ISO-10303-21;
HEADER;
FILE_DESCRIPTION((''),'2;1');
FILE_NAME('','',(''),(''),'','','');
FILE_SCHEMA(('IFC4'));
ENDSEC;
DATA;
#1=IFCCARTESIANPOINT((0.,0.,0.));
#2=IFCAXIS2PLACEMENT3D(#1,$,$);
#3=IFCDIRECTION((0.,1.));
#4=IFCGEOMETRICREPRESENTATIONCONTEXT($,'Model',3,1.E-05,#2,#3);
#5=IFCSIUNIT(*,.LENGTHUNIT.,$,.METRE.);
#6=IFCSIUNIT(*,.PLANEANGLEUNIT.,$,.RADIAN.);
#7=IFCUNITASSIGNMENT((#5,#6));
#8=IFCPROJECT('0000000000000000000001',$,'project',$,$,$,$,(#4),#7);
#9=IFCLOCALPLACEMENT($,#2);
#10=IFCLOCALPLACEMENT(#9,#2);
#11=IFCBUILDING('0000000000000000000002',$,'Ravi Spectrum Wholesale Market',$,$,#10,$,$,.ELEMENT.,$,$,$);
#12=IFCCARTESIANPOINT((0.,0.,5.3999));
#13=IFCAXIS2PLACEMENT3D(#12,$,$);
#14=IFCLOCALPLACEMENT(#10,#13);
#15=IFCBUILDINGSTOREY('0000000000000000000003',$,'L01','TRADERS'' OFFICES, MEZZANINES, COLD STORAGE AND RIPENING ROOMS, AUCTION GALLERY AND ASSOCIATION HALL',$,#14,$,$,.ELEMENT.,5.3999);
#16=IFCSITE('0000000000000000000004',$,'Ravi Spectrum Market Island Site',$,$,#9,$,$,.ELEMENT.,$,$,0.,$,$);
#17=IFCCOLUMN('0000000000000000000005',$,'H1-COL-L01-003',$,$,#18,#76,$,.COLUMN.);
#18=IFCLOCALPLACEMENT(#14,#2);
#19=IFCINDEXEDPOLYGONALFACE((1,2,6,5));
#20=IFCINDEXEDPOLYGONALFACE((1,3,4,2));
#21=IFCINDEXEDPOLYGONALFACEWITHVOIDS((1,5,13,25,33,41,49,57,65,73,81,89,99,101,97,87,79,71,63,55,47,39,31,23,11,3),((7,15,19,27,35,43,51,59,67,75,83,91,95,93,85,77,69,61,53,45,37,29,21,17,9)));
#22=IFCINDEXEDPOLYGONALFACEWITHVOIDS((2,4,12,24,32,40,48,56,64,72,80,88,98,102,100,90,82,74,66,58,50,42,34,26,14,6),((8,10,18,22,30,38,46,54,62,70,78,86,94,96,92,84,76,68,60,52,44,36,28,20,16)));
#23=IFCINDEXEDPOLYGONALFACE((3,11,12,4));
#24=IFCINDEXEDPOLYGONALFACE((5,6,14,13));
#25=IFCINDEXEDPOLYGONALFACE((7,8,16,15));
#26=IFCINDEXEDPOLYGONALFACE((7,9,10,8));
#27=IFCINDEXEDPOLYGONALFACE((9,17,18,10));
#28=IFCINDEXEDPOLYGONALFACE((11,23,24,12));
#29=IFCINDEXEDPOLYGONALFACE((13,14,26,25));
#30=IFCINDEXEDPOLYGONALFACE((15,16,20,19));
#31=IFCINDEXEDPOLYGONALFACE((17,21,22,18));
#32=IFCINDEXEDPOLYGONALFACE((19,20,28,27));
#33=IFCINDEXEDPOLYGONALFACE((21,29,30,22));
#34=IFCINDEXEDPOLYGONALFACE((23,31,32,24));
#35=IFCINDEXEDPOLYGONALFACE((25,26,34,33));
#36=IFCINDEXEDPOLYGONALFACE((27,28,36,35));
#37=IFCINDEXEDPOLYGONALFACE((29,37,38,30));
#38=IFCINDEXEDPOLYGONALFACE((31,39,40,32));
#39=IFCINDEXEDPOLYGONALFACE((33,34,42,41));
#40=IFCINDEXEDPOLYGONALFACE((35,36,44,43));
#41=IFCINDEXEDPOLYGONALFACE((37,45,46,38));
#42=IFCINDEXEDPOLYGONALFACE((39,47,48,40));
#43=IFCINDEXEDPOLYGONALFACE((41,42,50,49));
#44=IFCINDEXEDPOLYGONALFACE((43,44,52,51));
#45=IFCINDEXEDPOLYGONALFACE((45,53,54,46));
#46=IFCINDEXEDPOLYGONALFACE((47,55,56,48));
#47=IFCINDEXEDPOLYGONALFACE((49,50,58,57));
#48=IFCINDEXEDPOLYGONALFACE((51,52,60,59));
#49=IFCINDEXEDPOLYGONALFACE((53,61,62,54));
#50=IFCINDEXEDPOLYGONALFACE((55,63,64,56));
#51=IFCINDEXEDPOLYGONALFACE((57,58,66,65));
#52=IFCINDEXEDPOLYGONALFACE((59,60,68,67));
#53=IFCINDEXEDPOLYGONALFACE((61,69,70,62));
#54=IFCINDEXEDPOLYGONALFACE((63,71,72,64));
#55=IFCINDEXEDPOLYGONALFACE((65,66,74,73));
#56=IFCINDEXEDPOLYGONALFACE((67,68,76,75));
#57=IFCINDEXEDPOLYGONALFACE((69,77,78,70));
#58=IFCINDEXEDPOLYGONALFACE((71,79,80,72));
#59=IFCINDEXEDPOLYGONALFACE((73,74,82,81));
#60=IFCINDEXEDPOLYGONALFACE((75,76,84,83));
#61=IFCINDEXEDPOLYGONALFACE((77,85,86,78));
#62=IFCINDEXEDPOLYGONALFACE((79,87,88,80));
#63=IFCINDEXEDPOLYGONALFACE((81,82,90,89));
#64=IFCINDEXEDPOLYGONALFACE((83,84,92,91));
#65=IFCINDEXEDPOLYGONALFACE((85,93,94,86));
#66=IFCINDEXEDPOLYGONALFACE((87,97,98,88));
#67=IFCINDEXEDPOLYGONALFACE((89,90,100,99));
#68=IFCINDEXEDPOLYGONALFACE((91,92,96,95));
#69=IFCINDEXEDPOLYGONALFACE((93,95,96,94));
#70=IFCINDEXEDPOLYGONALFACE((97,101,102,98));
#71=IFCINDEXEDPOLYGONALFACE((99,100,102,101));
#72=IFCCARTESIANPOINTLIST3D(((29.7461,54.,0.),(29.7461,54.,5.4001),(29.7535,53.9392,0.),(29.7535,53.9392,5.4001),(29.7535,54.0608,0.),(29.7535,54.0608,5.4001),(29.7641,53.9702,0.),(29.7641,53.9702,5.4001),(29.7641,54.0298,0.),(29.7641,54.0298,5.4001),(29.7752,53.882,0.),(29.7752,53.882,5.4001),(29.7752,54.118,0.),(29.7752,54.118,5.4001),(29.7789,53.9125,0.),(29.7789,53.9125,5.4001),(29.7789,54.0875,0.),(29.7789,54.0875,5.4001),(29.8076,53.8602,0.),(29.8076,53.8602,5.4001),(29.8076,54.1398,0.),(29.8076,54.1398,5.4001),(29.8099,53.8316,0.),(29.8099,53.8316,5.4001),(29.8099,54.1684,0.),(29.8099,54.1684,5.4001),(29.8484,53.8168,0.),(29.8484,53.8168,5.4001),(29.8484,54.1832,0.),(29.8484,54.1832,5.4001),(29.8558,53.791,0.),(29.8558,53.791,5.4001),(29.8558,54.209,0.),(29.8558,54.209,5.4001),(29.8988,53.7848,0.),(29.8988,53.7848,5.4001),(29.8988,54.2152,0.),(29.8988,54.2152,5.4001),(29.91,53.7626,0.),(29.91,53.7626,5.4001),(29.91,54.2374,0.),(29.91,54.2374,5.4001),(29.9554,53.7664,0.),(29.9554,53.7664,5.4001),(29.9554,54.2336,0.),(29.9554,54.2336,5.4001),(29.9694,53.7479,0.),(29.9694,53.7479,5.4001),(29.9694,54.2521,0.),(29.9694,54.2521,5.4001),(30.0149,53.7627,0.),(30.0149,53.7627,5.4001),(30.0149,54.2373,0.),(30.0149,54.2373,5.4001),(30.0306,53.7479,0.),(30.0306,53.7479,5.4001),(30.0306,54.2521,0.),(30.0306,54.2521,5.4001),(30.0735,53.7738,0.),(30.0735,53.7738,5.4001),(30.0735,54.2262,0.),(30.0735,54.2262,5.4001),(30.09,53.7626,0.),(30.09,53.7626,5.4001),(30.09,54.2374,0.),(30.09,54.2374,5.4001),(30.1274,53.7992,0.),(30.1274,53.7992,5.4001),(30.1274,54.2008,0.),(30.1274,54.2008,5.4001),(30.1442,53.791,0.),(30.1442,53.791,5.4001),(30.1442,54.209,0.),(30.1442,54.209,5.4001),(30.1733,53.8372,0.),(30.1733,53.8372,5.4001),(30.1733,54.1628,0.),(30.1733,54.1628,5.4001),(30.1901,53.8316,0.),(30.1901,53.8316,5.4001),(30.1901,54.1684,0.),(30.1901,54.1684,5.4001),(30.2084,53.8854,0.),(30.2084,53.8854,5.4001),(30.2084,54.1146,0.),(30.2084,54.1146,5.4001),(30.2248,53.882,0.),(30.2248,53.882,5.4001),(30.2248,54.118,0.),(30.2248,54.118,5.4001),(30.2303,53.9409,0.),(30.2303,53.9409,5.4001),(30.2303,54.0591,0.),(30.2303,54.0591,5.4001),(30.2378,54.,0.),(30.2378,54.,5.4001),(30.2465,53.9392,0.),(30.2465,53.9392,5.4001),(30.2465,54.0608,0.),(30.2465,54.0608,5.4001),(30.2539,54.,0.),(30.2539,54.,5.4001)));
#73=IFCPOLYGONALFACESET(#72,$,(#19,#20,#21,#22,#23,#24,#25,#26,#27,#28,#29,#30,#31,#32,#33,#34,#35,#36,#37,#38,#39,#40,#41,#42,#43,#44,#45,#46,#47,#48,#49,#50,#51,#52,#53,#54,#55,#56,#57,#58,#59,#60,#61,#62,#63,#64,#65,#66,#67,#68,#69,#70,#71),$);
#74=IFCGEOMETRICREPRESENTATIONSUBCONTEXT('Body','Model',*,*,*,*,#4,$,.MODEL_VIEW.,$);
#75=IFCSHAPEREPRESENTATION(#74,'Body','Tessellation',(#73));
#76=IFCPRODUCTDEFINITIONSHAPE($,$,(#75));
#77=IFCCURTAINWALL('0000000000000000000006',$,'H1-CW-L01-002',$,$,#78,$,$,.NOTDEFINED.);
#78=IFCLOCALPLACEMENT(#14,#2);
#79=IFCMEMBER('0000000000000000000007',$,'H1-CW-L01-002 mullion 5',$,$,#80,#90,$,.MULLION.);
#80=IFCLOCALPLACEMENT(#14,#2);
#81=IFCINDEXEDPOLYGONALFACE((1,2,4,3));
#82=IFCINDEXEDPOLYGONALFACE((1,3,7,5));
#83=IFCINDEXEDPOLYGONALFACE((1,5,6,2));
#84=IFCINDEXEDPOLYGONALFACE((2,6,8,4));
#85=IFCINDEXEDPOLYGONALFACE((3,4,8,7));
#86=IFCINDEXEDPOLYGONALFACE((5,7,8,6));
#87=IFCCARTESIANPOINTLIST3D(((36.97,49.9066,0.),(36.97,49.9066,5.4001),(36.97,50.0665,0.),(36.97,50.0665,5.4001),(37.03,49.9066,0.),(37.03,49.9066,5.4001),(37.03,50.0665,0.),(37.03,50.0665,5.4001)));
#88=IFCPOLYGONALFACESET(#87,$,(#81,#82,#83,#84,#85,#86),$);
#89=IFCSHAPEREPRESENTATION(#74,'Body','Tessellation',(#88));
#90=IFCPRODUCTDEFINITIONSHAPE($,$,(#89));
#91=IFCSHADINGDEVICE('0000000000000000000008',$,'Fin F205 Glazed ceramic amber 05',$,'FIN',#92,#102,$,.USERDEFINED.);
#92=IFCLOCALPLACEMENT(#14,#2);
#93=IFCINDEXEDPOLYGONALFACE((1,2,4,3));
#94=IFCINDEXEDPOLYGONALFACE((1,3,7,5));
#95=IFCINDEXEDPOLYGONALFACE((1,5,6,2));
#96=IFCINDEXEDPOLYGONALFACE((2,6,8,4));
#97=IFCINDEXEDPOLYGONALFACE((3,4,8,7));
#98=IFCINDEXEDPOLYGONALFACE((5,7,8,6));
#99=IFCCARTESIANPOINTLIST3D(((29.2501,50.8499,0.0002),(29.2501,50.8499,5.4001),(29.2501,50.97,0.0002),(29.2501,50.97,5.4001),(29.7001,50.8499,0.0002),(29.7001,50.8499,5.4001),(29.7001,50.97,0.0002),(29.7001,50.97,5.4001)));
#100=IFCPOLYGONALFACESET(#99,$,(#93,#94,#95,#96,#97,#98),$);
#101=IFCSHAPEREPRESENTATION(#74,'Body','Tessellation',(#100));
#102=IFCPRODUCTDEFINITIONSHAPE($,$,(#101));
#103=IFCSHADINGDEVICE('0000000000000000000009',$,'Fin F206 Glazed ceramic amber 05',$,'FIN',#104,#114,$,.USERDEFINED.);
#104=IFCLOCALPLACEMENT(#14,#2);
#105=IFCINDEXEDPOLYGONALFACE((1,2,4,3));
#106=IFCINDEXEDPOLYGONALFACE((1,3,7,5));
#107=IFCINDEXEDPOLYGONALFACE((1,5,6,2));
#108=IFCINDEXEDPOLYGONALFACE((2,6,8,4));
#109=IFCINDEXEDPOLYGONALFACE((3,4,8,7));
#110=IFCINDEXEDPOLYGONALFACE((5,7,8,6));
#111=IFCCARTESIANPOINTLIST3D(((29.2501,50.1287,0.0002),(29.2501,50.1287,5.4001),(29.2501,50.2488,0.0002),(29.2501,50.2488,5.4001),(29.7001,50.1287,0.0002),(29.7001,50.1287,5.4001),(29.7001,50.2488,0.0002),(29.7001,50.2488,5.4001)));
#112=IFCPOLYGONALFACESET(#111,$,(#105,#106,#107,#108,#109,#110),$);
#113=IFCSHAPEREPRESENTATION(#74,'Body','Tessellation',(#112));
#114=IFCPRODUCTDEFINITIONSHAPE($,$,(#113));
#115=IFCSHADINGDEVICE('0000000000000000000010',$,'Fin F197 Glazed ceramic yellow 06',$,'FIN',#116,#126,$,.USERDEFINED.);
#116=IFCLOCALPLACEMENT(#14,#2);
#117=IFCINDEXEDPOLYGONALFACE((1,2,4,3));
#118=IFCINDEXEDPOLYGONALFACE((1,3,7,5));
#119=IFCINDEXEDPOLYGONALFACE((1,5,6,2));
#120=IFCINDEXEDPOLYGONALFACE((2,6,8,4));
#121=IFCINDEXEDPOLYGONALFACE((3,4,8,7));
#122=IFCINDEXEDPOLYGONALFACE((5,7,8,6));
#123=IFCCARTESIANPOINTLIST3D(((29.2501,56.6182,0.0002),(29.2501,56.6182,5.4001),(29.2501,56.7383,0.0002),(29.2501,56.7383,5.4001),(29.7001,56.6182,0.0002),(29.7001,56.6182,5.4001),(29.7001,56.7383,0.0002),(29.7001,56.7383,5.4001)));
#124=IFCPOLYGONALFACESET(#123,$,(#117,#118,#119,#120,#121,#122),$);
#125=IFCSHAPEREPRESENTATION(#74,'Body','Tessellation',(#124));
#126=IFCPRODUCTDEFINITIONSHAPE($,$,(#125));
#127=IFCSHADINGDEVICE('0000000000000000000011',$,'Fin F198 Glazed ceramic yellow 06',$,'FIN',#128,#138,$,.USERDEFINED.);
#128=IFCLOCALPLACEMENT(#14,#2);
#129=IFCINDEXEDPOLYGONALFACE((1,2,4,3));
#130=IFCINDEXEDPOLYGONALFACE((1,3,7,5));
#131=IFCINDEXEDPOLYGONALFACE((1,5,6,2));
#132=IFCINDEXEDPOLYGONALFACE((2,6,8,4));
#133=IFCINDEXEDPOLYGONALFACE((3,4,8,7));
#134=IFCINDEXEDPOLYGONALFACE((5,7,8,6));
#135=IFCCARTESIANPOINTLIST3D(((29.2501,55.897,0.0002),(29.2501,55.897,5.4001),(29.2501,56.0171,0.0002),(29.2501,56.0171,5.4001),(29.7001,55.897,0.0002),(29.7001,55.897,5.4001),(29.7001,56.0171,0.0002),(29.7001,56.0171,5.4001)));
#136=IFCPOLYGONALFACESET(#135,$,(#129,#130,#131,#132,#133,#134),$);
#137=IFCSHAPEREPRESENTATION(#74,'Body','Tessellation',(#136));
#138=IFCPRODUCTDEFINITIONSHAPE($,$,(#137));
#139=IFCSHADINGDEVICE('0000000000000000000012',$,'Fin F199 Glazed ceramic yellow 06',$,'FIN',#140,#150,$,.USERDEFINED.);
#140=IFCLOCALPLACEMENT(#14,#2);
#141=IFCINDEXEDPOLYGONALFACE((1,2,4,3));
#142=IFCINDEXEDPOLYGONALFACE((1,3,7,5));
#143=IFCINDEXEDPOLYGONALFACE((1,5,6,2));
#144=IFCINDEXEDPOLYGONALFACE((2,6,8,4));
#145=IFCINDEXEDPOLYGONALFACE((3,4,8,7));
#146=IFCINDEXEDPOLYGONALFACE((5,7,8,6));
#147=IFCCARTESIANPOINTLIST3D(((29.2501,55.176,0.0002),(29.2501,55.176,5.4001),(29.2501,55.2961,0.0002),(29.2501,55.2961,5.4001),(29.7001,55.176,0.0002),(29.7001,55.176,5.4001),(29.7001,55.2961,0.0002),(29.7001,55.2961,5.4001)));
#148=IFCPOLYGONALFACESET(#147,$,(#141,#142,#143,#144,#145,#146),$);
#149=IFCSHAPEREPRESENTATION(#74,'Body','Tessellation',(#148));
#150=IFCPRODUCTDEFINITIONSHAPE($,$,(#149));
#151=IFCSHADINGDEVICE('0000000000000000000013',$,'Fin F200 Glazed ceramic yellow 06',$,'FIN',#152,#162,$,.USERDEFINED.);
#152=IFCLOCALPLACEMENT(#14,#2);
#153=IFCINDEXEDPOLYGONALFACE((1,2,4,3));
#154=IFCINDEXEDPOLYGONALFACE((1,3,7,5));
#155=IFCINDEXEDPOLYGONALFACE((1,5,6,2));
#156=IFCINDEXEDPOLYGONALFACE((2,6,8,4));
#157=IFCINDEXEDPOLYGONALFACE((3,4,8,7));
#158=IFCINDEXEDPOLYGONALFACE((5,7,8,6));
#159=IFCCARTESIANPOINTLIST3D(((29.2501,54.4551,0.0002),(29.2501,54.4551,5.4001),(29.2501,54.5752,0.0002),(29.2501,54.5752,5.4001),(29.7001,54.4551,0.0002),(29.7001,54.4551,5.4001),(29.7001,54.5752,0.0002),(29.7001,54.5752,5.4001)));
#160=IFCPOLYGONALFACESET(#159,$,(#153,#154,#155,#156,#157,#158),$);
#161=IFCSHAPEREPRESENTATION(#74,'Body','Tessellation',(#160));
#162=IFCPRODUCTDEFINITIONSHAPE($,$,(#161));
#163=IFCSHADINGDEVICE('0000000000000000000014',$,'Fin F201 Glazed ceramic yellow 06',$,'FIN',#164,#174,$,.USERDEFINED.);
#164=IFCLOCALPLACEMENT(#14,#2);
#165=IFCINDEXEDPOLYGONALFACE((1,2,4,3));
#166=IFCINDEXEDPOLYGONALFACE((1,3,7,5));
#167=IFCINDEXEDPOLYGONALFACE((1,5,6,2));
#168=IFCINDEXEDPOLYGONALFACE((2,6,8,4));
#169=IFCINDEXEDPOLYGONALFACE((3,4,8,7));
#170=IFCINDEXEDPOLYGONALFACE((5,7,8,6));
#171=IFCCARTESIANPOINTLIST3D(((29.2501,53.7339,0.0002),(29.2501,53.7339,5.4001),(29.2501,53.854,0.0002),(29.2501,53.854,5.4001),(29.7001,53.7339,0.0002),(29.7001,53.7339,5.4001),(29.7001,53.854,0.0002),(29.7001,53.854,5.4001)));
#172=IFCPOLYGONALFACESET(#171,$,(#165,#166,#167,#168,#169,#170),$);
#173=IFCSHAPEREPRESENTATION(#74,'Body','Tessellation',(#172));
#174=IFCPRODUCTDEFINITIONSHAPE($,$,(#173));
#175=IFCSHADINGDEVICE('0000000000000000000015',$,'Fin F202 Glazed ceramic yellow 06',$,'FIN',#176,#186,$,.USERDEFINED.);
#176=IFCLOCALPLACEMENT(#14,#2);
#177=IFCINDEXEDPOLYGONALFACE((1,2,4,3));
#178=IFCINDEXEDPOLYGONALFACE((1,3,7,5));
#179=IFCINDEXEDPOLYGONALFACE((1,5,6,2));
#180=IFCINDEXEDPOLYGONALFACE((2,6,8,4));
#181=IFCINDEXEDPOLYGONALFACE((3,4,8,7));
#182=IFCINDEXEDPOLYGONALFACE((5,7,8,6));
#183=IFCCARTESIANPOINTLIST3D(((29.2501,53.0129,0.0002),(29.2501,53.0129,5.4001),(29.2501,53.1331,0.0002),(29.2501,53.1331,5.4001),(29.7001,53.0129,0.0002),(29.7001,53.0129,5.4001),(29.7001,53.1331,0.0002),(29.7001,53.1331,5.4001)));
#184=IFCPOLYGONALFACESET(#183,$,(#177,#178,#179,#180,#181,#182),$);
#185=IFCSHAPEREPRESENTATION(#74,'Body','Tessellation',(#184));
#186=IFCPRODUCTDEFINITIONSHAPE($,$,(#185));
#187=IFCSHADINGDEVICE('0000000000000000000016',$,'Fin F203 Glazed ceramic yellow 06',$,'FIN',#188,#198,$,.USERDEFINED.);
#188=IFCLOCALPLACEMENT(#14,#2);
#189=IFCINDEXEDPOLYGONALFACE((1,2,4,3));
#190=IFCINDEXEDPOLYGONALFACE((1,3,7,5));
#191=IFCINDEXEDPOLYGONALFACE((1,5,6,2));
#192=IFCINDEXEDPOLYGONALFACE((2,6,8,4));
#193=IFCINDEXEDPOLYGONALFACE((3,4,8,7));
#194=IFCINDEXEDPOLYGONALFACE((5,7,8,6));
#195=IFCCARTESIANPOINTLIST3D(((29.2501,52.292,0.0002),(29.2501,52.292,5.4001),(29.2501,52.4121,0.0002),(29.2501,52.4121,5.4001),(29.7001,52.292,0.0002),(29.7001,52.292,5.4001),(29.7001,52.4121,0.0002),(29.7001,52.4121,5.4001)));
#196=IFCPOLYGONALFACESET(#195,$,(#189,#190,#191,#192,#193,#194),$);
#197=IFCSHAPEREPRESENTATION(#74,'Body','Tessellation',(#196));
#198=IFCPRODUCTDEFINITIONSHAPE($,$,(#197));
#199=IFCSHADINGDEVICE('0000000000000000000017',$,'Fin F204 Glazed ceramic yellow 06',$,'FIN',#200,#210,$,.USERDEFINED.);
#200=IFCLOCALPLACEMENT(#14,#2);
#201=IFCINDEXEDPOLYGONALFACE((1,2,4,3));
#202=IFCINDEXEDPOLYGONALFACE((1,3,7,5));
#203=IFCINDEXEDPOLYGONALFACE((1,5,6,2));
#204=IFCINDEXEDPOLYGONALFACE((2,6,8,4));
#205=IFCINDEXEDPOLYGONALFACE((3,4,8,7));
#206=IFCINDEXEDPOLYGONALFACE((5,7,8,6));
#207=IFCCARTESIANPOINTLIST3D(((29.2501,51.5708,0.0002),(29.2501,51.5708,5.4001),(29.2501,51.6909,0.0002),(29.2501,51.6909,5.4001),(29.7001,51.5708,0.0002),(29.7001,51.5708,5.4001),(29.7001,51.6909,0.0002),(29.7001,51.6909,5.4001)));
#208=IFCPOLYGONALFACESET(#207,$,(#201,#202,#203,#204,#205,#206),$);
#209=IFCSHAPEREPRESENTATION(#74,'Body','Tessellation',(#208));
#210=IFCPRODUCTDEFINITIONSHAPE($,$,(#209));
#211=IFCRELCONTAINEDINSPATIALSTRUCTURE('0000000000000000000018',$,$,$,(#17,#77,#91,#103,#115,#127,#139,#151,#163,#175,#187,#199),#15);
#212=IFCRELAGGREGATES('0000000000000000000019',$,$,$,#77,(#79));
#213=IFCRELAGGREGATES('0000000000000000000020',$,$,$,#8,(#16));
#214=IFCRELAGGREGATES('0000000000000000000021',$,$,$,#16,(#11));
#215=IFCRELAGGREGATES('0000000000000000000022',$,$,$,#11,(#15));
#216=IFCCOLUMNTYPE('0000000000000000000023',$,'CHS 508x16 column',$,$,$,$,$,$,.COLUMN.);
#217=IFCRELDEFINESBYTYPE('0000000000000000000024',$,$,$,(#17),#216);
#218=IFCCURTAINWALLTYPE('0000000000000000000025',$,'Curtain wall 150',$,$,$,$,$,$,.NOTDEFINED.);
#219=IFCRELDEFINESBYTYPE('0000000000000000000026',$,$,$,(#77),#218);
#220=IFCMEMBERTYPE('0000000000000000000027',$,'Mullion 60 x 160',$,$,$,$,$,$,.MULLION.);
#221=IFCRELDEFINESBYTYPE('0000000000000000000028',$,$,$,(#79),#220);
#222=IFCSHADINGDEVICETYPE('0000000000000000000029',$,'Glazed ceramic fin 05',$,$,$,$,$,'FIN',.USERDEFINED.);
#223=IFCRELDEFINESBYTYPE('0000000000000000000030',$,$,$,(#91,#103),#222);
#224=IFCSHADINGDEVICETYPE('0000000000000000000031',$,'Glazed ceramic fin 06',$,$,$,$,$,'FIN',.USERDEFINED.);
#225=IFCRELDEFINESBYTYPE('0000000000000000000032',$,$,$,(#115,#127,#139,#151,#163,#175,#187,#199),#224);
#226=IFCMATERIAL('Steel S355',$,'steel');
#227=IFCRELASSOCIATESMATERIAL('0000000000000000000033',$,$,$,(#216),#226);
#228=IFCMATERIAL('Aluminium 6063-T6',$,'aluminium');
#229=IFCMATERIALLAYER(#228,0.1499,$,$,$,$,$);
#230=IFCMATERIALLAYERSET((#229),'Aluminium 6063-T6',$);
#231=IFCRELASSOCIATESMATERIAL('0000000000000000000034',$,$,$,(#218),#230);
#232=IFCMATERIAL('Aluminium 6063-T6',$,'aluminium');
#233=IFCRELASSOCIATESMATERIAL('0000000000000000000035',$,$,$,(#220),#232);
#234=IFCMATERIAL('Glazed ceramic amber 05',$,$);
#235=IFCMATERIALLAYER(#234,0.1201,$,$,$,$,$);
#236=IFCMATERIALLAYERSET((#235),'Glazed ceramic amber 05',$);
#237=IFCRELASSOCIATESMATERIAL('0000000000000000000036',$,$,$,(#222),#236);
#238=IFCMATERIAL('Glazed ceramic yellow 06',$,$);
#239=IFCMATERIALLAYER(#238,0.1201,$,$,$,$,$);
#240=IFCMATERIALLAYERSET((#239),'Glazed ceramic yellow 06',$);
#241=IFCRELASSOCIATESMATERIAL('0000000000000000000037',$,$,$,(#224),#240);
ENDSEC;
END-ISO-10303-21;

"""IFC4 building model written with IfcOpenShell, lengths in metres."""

from ifc_helpers import new_model, si_unit, direction, frame, origin, origin_2d, place, context, subcontext, project, spatial, rectangle, hollow_circle, extrude, material, layer, layer_set, material_profile, profile_set, type_object, element, aggregate, save


model = new_model("IFC4")

# Units and contexts
model_context = context("Model", 3, precision=1e-05, world=origin(), true_north=direction((0.0, 1.0)))
body_context = subcontext(model_context, "Body", "Model", "MODEL_VIEW")
ifc_project = project(units=[si_unit("LENGTHUNIT", "METRE"), si_unit("PLANEANGLEUNIT", "RADIAN")], contexts=[model_context])

# Site, building, storey
site_placement = place(None, origin())
site = spatial("IfcSite", under=ifc_project, at=site_placement, Name="Ravi Spectrum Market Island Site", CompositionType="ELEMENT", RefElevation=0.0)
building_placement = place(site_placement, origin())
building = spatial("IfcBuilding", under=site, at=building_placement, Name="Ravi Spectrum Wholesale Market", CompositionType="ELEMENT")
storey_placement = place(building_placement, frame((0.0, 0.0, 5.3999)))
storey = spatial("IfcBuildingStorey", under=building, at=storey_placement, Name="L01", Description="TRADERS' OFFICES, MEZZANINES, COLD STORAGE AND RIPENING ROOMS, AUCTION GALLERY AND ASSOCIATION HALL", CompositionType="ELEMENT", Elevation=5.3999)

# Column
ifc_material_1 = material(Name="Steel S355", Category="steel")
ifc_material_profile_1 = material_profile(ifc_material_1, hollow_circle(Radius=0.2539, WallThickness=0.0161, at=origin_2d()))
ifc_profile_set_1 = profile_set([ifc_material_profile_1], Name="Steel S355")
column_type = type_object("IfcColumnType", Name="CHS 508x16 column", PredefinedType="COLUMN", material=ifc_profile_set_1)
column_placement = place(storey_placement, frame((30.0, 54.0, 0.0), z_axis=(0.0, 0.0, 1.0), x_axis=(1.0, 0.0, 0.0)))
element("IfcColumn", 1, at=column_placement, inside=storey, type_object=column_type, Name="H1-COL-L01-003", PredefinedType="COLUMN", context=body_context, shape_type="SweptSolid", body=[
    extrude(hollow_circle(Radius=0.2539, WallThickness=0.0161, at=origin_2d()), origin(), (0.0, 0.0, 1.0), 5.4001),
])

# Curtain wall, member
ifc_material_2 = material(Name="Aluminium 6063-T6", Category="aluminium")
ifc_layer_1 = layer(ifc_material_2, 0.1499)
ifc_layer_set_1 = layer_set([ifc_layer_1], Name="Aluminium 6063-T6")
curtain_wall_type = type_object("IfcCurtainWallType", Name="Curtain wall 150", PredefinedType="NOTDEFINED", material=ifc_layer_set_1)
curtain_wall_placement = place(storey_placement, origin())
curtain_wall = element("IfcCurtainWall", 2, at=curtain_wall_placement, inside=storey, type_object=curtain_wall_type, Name="H1-CW-L01-002", PredefinedType="NOTDEFINED")
ifc_material_3 = material(Name="Aluminium 6063-T6", Category="aluminium")
ifc_material_profile_2 = material_profile(ifc_material_3, rectangle(XDim=0.0601, YDim=0.1599, at=origin_2d()))
ifc_profile_set_2 = profile_set([ifc_material_profile_2], Name="Aluminium 6063-T6")
member_type = type_object("IfcMemberType", Name="Mullion 60 x 160", PredefinedType="MULLION", material=ifc_profile_set_2)
member_placement = place(storey_placement, frame((37.0, 49.9866, 0.0), z_axis=(0.0, 0.0, 1.0), x_axis=(-1.0, 0.0, 0.0)))
member = element("IfcMember", 3, at=member_placement, type_object=member_type, Name="H1-CW-L01-002 mullion 5", PredefinedType="MULLION", context=body_context, shape_type="SweptSolid", body=[
    extrude(rectangle(XDim=0.0601, YDim=0.1599, at=origin_2d()), origin(), (0.0, 0.0, 1.0), 5.4001),
])
aggregate(curtain_wall, [member])

# Shading devices
ifc_material_4 = material(Name="Glazed ceramic amber 05")
ifc_layer_2 = layer(ifc_material_4, 0.1201)
ifc_layer_set_2 = layer_set([ifc_layer_2], Name="Glazed ceramic amber 05")
shading_device_type_1 = type_object("IfcShadingDeviceType", Name="Glazed ceramic fin 05", ElementType="FIN", PredefinedType="USERDEFINED", material=ifc_layer_set_2)
for number, where, z_axis, x_axis, name in (
    (4, (29.4751, 50.9099, 0.0002), (0.0, 0.0, 1.0), (0.0, -1.0, 0.0), "Fin F205 Glazed ceramic amber 05"),
    (5, (29.4751, 50.1887, 0.0002), (0.0, 0.0, 1.0), (0.0, -1.0, 0.0), "Fin F206 Glazed ceramic amber 05"),
):
    element("IfcShadingDevice", number, at=place(storey_placement, frame(where, z_axis=z_axis, x_axis=x_axis)), inside=storey, type_object=shading_device_type_1, Name=name, ObjectType="FIN", PredefinedType="USERDEFINED", context=body_context, shape_type="SweptSolid", body=[
        extrude(rectangle(XDim=0.1201, YDim=0.45, at=origin_2d()), origin(), (0.0, 0.0, 1.0), 5.3999),
    ])
ifc_material_5 = material(Name="Glazed ceramic yellow 06")
ifc_layer_3 = layer(ifc_material_5, 0.1201)
ifc_layer_set_3 = layer_set([ifc_layer_3], Name="Glazed ceramic yellow 06")
shading_device_type_2 = type_object("IfcShadingDeviceType", Name="Glazed ceramic fin 06", ElementType="FIN", PredefinedType="USERDEFINED", material=ifc_layer_set_3)
for number, where, z_axis, x_axis, name in (
    (6, (29.4751, 56.6782, 0.0002), (0.0, 0.0, 1.0), (0.0, -1.0, 0.0), "Fin F197 Glazed ceramic yellow 06"),
    (7, (29.4751, 55.957, 0.0002), (0.0, 0.0, 1.0), (0.0, -1.0, 0.0), "Fin F198 Glazed ceramic yellow 06"),
    (8, (29.4751, 55.2361, 0.0002), (0.0, 0.0, 1.0), (0.0, -1.0, 0.0), "Fin F199 Glazed ceramic yellow 06"),
    (9, (29.4751, 54.5151, 0.0002), (0.0, 0.0, 1.0), (0.0, -1.0, 0.0), "Fin F200 Glazed ceramic yellow 06"),
    (10, (29.4751, 53.7939, 0.0002), (0.0, 0.0, 1.0), (0.0, -1.0, 0.0), "Fin F201 Glazed ceramic yellow 06"),
    (11, (29.4751, 53.073, 0.0002), (0.0, 0.0, 1.0), (0.0, -1.0, 0.0), "Fin F202 Glazed ceramic yellow 06"),
    (12, (29.4751, 52.3521, 0.0002), (0.0, 0.0, 1.0), (0.0, -1.0, 0.0), "Fin F203 Glazed ceramic yellow 06"),
    (13, (29.4751, 51.6309, 0.0002), (0.0, 0.0, 1.0), (0.0, -1.0, 0.0), "Fin F204 Glazed ceramic yellow 06"),
):
    element("IfcShadingDevice", number, at=place(storey_placement, frame(where, z_axis=z_axis, x_axis=x_axis)), inside=storey, type_object=shading_device_type_2, Name=name, ObjectType="FIN", PredefinedType="USERDEFINED", context=body_context, shape_type="SweptSolid", body=[
        extrude(rectangle(XDim=0.1201, YDim=0.45, at=origin_2d()), origin(), (0.0, 0.0, 1.0), 5.3999),
    ])

save(model, "model.ifc")
